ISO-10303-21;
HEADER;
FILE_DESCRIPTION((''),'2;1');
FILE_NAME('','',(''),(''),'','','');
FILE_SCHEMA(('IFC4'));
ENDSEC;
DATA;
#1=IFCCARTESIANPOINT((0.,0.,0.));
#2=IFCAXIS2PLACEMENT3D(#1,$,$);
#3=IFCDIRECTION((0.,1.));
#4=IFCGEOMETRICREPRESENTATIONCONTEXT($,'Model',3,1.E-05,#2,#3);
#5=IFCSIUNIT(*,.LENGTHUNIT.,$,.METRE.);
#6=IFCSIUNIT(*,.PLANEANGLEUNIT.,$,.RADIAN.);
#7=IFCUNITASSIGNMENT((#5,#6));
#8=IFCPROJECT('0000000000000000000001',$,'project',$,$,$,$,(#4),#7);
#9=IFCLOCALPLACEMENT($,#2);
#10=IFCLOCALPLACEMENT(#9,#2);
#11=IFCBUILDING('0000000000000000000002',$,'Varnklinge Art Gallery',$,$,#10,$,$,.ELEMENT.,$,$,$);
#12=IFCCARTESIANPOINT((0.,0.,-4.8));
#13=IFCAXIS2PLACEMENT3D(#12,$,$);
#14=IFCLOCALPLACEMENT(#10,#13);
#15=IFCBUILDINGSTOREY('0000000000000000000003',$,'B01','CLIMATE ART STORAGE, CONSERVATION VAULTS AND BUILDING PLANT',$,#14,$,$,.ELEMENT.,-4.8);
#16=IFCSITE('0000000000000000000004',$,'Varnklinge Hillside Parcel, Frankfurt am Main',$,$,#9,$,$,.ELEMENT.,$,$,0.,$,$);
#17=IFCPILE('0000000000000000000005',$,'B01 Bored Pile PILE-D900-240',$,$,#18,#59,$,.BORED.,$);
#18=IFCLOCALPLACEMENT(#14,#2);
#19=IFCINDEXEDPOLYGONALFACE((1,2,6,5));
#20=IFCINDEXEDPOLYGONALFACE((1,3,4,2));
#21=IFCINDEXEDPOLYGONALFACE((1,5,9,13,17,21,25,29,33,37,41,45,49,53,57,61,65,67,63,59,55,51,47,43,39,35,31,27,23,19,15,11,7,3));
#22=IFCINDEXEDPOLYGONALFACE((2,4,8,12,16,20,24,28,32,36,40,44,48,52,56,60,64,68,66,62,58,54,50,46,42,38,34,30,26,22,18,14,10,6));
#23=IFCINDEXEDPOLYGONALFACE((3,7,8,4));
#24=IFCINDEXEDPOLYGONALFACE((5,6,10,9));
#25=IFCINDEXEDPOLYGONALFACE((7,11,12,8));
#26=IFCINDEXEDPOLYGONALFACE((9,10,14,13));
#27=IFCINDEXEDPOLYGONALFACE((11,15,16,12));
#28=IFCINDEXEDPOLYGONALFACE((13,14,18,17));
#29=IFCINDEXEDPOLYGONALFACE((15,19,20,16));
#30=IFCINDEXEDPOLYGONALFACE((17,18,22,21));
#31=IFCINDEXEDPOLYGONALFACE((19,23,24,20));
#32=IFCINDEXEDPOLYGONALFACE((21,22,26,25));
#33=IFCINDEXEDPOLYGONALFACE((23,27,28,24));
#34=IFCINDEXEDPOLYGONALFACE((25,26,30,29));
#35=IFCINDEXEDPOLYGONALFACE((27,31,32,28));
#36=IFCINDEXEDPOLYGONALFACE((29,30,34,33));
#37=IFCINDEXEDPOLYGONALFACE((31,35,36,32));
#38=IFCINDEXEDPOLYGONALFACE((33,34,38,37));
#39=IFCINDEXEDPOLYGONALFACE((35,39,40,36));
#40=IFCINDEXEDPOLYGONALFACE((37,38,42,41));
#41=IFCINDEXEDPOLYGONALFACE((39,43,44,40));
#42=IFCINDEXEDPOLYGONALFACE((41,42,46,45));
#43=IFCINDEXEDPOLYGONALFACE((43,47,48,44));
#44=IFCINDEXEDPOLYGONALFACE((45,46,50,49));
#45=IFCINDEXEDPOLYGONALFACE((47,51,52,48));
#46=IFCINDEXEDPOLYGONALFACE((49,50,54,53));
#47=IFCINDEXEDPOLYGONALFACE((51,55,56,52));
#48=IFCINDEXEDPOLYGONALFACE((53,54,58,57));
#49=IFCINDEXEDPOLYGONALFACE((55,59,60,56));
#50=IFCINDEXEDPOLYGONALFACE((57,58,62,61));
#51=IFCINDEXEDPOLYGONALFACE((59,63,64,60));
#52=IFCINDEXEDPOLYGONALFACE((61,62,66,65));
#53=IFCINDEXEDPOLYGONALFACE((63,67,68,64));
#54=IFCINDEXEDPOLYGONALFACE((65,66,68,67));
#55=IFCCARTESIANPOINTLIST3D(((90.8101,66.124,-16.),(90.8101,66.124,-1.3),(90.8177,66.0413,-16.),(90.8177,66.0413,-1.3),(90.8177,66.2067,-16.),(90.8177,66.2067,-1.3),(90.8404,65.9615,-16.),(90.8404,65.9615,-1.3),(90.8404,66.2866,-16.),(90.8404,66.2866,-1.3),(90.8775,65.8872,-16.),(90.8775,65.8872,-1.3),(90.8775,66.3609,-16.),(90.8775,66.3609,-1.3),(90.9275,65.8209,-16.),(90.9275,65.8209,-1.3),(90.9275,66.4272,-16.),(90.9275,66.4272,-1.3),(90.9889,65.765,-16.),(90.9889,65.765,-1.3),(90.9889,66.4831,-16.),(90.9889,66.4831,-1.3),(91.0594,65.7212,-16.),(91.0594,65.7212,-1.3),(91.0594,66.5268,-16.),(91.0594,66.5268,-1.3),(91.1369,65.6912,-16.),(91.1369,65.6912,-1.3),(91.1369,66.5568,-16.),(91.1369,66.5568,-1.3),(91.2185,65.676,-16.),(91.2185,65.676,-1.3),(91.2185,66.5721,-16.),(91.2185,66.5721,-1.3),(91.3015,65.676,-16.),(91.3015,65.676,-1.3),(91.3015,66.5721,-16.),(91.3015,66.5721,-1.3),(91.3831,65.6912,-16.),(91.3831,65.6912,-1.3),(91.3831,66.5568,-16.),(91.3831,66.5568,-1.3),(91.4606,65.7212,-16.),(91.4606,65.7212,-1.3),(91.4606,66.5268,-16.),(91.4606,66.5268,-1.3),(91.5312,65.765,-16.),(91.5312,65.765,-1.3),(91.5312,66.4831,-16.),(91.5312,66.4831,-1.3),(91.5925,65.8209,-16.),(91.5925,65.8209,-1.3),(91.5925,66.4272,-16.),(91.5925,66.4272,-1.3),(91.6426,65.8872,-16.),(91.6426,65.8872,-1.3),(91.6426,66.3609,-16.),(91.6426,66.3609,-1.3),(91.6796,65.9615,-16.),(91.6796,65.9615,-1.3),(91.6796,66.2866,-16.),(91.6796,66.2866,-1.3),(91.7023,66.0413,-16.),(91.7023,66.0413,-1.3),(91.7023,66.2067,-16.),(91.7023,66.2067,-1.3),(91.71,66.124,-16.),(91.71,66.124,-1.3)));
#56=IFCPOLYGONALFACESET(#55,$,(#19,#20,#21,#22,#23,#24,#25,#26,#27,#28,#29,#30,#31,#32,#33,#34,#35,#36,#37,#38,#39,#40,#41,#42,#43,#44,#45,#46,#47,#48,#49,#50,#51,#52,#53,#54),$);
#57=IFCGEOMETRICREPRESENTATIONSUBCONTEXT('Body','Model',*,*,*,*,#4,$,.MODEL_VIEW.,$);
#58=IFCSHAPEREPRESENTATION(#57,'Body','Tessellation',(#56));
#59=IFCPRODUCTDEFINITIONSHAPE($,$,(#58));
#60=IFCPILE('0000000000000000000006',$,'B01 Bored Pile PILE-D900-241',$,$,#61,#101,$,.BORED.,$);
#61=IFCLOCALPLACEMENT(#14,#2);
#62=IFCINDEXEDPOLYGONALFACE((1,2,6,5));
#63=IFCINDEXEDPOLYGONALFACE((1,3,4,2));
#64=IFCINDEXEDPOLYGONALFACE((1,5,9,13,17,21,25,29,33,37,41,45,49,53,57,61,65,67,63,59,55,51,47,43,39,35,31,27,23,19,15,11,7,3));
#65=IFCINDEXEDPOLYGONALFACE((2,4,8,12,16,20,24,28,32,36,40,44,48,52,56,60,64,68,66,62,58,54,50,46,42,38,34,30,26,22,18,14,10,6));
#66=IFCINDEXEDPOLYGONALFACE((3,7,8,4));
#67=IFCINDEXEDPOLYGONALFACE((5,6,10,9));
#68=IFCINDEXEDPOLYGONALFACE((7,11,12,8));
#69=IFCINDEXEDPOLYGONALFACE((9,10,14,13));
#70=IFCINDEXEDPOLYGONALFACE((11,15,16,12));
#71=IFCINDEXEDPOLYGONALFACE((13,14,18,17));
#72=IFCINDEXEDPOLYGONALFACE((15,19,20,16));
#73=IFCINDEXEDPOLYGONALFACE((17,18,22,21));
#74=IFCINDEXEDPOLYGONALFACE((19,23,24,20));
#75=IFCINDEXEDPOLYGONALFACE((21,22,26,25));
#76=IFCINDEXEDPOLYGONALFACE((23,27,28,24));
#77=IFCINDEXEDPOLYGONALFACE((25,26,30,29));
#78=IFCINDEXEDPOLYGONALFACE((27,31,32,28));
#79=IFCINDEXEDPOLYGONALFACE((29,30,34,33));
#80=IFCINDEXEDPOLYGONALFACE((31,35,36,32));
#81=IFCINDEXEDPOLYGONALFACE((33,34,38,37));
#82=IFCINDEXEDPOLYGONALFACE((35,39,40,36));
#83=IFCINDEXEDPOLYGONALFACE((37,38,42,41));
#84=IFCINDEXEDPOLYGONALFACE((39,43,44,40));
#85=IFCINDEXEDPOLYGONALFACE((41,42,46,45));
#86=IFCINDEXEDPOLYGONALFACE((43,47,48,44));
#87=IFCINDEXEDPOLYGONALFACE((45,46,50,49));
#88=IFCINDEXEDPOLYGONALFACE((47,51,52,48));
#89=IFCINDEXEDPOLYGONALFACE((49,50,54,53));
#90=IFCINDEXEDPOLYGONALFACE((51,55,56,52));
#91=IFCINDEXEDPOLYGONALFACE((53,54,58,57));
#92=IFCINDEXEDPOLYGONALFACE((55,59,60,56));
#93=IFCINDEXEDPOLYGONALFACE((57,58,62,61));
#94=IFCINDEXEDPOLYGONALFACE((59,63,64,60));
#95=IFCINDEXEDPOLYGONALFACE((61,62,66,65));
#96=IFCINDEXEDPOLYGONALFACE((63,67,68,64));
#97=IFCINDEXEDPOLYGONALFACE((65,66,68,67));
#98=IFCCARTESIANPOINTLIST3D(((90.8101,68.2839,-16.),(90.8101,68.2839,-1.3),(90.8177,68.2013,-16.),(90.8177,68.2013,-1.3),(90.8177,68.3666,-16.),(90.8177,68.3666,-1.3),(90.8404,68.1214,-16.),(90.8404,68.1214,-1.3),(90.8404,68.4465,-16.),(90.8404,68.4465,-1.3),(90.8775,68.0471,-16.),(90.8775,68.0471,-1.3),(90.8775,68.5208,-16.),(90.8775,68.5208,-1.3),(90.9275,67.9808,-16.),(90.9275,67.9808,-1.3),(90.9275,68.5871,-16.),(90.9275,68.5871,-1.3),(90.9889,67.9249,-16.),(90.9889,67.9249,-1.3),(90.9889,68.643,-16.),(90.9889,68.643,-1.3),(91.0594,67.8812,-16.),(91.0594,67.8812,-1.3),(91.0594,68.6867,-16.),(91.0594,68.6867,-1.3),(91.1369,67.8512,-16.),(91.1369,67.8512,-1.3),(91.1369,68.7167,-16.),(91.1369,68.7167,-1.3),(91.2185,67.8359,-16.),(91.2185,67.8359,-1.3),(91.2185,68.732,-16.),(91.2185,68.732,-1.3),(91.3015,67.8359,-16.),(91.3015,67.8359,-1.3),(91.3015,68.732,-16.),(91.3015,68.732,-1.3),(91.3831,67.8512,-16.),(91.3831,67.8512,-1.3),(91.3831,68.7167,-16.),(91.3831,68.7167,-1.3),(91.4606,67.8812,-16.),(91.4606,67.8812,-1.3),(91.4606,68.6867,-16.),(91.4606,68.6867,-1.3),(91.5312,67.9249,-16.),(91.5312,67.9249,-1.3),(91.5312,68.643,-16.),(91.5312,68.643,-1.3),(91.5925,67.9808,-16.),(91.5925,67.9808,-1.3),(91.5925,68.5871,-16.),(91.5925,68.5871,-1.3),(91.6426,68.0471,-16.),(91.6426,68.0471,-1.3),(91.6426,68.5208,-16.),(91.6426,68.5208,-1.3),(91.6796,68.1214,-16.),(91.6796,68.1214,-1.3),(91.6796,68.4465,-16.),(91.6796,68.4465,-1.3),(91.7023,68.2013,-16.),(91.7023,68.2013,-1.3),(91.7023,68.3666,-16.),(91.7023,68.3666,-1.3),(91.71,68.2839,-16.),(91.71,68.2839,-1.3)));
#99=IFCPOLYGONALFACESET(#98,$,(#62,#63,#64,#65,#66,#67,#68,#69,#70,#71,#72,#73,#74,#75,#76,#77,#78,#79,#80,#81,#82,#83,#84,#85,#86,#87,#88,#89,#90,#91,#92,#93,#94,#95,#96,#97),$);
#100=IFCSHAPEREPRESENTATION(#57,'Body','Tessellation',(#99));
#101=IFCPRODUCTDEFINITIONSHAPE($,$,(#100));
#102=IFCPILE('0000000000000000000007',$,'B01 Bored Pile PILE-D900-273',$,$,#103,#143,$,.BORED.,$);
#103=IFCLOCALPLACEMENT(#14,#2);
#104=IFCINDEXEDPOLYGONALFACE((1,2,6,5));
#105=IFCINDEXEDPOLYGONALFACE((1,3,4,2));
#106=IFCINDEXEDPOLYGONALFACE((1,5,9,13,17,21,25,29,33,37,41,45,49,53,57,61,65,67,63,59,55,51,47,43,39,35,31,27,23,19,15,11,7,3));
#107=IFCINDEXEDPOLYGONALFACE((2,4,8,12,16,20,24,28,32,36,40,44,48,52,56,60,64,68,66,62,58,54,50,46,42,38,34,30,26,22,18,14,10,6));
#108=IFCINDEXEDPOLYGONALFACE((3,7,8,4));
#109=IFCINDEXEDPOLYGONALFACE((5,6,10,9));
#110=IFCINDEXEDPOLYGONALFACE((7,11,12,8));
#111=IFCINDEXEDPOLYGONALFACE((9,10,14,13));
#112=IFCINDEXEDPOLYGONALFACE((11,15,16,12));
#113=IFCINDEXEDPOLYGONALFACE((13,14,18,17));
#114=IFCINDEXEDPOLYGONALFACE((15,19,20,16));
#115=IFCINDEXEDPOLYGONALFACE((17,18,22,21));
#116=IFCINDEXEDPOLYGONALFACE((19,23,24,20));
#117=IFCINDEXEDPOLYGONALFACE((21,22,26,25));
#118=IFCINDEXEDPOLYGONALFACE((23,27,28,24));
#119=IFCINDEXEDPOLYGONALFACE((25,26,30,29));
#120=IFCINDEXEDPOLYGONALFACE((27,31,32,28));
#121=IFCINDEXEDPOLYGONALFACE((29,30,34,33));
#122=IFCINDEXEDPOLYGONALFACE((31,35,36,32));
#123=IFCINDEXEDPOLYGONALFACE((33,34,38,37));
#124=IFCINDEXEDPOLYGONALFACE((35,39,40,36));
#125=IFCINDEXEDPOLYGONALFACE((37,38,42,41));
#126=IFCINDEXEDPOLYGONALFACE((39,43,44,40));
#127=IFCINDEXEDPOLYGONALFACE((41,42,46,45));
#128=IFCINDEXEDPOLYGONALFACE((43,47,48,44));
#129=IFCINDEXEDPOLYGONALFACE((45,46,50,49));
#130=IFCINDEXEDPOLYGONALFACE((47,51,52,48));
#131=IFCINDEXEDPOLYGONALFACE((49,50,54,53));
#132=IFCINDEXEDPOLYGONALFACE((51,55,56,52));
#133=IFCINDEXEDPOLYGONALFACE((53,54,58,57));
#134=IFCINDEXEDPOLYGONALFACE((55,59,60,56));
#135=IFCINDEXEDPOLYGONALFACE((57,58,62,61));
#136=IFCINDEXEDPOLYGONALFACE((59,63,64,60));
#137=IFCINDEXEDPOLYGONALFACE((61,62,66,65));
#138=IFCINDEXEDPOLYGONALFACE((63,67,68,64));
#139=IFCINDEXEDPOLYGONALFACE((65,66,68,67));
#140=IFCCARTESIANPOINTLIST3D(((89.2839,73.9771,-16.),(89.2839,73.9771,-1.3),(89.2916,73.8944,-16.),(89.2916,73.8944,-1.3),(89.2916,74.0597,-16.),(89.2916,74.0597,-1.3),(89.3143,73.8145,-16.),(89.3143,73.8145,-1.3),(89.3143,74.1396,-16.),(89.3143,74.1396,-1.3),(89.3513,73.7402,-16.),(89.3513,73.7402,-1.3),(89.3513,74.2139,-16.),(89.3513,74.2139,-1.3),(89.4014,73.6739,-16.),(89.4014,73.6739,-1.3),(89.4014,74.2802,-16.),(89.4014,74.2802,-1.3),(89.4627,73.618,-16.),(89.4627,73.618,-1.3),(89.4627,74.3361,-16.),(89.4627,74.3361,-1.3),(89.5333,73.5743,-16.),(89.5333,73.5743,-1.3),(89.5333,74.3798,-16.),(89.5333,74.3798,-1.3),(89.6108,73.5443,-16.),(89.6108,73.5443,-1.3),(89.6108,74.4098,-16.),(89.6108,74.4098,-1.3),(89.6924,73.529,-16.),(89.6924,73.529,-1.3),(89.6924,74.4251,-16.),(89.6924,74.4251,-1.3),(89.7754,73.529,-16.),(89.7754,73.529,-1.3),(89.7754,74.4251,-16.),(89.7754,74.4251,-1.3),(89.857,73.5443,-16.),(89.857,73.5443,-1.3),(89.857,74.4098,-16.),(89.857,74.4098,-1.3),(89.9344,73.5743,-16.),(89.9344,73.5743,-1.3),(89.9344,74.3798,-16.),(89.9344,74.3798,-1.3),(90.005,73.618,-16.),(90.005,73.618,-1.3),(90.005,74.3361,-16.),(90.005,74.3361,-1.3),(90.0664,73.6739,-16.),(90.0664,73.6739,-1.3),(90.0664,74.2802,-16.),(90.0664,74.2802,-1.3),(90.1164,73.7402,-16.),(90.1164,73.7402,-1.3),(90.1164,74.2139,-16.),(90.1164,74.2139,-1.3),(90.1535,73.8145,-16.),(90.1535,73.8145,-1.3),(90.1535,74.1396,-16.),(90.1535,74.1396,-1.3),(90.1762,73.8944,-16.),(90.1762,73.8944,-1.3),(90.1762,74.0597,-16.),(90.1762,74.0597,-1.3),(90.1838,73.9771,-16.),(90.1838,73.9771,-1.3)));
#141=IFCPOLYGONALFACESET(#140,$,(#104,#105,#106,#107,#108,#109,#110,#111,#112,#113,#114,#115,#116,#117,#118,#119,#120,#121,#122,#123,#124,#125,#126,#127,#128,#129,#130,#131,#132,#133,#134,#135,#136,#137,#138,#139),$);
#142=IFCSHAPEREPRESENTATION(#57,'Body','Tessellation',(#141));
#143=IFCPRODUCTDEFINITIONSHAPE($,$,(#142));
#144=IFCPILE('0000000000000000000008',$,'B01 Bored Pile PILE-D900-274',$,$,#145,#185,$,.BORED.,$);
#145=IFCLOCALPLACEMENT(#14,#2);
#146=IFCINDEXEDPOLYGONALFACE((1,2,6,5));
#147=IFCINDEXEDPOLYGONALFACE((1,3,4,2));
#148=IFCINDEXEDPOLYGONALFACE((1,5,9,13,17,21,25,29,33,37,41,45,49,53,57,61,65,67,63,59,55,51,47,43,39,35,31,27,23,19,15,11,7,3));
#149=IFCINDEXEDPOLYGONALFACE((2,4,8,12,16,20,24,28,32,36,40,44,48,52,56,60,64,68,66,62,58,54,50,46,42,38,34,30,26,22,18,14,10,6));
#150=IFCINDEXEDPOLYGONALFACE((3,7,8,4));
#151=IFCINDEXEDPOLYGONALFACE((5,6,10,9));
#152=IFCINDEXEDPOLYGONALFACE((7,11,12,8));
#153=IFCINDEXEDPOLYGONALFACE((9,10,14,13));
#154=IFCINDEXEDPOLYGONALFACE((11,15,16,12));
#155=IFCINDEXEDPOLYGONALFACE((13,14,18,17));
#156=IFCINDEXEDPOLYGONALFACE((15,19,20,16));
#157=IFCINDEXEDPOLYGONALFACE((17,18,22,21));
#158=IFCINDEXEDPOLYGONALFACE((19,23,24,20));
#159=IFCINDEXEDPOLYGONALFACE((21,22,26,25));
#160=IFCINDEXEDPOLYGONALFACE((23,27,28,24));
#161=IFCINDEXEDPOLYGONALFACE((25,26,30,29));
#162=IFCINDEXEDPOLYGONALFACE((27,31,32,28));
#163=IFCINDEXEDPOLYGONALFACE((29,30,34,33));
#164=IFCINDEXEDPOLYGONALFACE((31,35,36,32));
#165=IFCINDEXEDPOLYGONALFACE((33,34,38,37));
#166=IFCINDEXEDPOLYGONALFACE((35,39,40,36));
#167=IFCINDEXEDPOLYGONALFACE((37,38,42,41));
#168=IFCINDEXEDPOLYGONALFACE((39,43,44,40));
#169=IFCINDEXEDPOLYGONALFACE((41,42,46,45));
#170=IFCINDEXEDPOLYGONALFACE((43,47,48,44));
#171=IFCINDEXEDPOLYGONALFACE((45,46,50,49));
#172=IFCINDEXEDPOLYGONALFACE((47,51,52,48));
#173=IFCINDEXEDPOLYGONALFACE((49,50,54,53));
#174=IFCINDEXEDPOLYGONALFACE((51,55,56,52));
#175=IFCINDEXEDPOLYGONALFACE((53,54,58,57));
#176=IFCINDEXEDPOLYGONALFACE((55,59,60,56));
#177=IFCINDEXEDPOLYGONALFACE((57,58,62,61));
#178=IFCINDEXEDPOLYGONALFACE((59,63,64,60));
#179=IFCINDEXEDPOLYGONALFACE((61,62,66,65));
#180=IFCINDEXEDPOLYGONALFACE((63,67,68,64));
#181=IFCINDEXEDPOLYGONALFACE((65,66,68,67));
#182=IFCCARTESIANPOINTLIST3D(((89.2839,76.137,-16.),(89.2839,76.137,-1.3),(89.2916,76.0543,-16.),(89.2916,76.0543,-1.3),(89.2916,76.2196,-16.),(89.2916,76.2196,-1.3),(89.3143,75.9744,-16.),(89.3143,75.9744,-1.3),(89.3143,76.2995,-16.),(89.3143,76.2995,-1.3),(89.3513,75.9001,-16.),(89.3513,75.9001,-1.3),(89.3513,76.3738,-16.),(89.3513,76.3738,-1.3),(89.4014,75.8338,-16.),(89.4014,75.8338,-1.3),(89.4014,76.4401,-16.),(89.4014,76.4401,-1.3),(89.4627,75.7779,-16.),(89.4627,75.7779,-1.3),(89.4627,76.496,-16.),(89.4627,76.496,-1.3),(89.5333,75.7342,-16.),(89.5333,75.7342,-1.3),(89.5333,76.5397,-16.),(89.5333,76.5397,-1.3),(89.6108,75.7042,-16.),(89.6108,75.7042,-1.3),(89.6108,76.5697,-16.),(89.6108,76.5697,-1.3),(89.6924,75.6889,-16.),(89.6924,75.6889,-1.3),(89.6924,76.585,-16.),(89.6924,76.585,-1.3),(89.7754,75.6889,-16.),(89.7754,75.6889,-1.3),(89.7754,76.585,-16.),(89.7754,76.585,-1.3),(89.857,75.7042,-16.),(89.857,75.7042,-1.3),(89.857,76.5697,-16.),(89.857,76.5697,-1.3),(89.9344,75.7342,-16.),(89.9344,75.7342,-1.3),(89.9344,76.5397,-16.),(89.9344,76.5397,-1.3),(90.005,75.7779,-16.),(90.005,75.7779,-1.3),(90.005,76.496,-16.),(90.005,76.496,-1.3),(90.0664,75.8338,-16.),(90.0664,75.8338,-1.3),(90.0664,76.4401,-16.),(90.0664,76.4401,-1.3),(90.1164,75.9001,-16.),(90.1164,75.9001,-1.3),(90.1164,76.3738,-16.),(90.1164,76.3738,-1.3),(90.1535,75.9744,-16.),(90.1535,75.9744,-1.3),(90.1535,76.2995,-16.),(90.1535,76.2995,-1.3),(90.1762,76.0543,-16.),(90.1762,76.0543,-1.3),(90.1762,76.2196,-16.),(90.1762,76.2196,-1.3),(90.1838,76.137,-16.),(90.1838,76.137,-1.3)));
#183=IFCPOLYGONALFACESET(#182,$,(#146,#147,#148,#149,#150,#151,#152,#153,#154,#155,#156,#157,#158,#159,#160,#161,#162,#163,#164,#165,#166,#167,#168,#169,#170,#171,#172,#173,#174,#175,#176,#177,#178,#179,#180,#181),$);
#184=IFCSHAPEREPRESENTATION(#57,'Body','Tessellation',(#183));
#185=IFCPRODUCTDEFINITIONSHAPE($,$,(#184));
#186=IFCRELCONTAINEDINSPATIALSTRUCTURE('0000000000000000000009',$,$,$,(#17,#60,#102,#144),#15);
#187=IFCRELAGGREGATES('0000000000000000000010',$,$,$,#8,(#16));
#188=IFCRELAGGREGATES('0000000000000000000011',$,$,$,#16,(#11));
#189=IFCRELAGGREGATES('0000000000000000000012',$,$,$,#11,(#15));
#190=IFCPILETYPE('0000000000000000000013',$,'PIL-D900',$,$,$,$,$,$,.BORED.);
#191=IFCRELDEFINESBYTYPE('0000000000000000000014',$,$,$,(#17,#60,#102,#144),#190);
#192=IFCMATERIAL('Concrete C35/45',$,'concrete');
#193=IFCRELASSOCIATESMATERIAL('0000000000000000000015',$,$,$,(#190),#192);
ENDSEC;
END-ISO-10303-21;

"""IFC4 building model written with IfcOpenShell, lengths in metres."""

from ifc_helpers import new_model, si_unit, direction, frame, origin, origin_2d, place, context, subcontext, project, spatial, circle, extrude, material, material_profile, profile_set, type_object, element, save


model = new_model("IFC4")

# Units and contexts
model_context = context("Model", 3, precision=1e-05, world=origin(), true_north=direction((0.0, 1.0)))
body_context = subcontext(model_context, "Body", "Model", "MODEL_VIEW")
ifc_project = project(units=[si_unit("LENGTHUNIT", "METRE"), si_unit("PLANEANGLEUNIT", "RADIAN")], contexts=[model_context])

# Site, building, storey
site_placement = place(None, origin())
site = spatial("IfcSite", under=ifc_project, at=site_placement, Name="Varnklinge Hillside Parcel, Frankfurt am Main", CompositionType="ELEMENT", RefElevation=0.0)
building_placement = place(site_placement, origin())
building = spatial("IfcBuilding", under=site, at=building_placement, Name="Varnklinge Art Gallery", CompositionType="ELEMENT")
storey_placement = place(building_placement, frame((0.0, 0.0, -4.8)))
storey = spatial("IfcBuildingStorey", under=building, at=storey_placement, Name="B01", Description="CLIMATE ART STORAGE, CONSERVATION VAULTS AND BUILDING PLANT", CompositionType="ELEMENT", Elevation=-4.8)

# Piles
ifc_material_1 = material(Name="Concrete C35/45", Category="concrete")
ifc_material_profile_1 = material_profile(ifc_material_1, circle(Radius=0.45, at=origin_2d()), Name="PILE D900")
ifc_profile_set_1 = profile_set([ifc_material_profile_1], Name="Concrete C35/45")
pile_type_1 = type_object("IfcPileType", Name="PIL-D900", PredefinedType="BORED", material=ifc_profile_set_1)
for number, where, z_axis, x_axis, name in (
    (1, (91.26, 66.124, -1.3), (0.0, 0.0, -1.0), (1.0, 0.0, 0.0), "B01 Bored Pile PILE-D900-240"),
    (2, (91.26, 68.2839, -1.3), (0.0, 0.0, -1.0), (1.0, 0.0, 0.0), "B01 Bored Pile PILE-D900-241"),
    (3, (89.7339, 73.9771, -1.3), (0.0, 0.0, -1.0), (1.0, 0.0, 0.0), "B01 Bored Pile PILE-D900-273"),
    (4, (89.7339, 76.137, -1.3), (0.0, 0.0, -1.0), (1.0, 0.0, 0.0), "B01 Bored Pile PILE-D900-274"),
):
    element("IfcPile", number, at=place(storey_placement, frame(where, z_axis=z_axis, x_axis=x_axis)), inside=storey, type_object=pile_type_1, Name=name, PredefinedType="BORED", context=body_context, shape_type="SweptSolid", body=[
        extrude(circle(Radius=0.45, at=origin_2d()), origin(), (0.0, 0.0, 1.0), 14.7),
    ])

save(model, "model.ifc")
